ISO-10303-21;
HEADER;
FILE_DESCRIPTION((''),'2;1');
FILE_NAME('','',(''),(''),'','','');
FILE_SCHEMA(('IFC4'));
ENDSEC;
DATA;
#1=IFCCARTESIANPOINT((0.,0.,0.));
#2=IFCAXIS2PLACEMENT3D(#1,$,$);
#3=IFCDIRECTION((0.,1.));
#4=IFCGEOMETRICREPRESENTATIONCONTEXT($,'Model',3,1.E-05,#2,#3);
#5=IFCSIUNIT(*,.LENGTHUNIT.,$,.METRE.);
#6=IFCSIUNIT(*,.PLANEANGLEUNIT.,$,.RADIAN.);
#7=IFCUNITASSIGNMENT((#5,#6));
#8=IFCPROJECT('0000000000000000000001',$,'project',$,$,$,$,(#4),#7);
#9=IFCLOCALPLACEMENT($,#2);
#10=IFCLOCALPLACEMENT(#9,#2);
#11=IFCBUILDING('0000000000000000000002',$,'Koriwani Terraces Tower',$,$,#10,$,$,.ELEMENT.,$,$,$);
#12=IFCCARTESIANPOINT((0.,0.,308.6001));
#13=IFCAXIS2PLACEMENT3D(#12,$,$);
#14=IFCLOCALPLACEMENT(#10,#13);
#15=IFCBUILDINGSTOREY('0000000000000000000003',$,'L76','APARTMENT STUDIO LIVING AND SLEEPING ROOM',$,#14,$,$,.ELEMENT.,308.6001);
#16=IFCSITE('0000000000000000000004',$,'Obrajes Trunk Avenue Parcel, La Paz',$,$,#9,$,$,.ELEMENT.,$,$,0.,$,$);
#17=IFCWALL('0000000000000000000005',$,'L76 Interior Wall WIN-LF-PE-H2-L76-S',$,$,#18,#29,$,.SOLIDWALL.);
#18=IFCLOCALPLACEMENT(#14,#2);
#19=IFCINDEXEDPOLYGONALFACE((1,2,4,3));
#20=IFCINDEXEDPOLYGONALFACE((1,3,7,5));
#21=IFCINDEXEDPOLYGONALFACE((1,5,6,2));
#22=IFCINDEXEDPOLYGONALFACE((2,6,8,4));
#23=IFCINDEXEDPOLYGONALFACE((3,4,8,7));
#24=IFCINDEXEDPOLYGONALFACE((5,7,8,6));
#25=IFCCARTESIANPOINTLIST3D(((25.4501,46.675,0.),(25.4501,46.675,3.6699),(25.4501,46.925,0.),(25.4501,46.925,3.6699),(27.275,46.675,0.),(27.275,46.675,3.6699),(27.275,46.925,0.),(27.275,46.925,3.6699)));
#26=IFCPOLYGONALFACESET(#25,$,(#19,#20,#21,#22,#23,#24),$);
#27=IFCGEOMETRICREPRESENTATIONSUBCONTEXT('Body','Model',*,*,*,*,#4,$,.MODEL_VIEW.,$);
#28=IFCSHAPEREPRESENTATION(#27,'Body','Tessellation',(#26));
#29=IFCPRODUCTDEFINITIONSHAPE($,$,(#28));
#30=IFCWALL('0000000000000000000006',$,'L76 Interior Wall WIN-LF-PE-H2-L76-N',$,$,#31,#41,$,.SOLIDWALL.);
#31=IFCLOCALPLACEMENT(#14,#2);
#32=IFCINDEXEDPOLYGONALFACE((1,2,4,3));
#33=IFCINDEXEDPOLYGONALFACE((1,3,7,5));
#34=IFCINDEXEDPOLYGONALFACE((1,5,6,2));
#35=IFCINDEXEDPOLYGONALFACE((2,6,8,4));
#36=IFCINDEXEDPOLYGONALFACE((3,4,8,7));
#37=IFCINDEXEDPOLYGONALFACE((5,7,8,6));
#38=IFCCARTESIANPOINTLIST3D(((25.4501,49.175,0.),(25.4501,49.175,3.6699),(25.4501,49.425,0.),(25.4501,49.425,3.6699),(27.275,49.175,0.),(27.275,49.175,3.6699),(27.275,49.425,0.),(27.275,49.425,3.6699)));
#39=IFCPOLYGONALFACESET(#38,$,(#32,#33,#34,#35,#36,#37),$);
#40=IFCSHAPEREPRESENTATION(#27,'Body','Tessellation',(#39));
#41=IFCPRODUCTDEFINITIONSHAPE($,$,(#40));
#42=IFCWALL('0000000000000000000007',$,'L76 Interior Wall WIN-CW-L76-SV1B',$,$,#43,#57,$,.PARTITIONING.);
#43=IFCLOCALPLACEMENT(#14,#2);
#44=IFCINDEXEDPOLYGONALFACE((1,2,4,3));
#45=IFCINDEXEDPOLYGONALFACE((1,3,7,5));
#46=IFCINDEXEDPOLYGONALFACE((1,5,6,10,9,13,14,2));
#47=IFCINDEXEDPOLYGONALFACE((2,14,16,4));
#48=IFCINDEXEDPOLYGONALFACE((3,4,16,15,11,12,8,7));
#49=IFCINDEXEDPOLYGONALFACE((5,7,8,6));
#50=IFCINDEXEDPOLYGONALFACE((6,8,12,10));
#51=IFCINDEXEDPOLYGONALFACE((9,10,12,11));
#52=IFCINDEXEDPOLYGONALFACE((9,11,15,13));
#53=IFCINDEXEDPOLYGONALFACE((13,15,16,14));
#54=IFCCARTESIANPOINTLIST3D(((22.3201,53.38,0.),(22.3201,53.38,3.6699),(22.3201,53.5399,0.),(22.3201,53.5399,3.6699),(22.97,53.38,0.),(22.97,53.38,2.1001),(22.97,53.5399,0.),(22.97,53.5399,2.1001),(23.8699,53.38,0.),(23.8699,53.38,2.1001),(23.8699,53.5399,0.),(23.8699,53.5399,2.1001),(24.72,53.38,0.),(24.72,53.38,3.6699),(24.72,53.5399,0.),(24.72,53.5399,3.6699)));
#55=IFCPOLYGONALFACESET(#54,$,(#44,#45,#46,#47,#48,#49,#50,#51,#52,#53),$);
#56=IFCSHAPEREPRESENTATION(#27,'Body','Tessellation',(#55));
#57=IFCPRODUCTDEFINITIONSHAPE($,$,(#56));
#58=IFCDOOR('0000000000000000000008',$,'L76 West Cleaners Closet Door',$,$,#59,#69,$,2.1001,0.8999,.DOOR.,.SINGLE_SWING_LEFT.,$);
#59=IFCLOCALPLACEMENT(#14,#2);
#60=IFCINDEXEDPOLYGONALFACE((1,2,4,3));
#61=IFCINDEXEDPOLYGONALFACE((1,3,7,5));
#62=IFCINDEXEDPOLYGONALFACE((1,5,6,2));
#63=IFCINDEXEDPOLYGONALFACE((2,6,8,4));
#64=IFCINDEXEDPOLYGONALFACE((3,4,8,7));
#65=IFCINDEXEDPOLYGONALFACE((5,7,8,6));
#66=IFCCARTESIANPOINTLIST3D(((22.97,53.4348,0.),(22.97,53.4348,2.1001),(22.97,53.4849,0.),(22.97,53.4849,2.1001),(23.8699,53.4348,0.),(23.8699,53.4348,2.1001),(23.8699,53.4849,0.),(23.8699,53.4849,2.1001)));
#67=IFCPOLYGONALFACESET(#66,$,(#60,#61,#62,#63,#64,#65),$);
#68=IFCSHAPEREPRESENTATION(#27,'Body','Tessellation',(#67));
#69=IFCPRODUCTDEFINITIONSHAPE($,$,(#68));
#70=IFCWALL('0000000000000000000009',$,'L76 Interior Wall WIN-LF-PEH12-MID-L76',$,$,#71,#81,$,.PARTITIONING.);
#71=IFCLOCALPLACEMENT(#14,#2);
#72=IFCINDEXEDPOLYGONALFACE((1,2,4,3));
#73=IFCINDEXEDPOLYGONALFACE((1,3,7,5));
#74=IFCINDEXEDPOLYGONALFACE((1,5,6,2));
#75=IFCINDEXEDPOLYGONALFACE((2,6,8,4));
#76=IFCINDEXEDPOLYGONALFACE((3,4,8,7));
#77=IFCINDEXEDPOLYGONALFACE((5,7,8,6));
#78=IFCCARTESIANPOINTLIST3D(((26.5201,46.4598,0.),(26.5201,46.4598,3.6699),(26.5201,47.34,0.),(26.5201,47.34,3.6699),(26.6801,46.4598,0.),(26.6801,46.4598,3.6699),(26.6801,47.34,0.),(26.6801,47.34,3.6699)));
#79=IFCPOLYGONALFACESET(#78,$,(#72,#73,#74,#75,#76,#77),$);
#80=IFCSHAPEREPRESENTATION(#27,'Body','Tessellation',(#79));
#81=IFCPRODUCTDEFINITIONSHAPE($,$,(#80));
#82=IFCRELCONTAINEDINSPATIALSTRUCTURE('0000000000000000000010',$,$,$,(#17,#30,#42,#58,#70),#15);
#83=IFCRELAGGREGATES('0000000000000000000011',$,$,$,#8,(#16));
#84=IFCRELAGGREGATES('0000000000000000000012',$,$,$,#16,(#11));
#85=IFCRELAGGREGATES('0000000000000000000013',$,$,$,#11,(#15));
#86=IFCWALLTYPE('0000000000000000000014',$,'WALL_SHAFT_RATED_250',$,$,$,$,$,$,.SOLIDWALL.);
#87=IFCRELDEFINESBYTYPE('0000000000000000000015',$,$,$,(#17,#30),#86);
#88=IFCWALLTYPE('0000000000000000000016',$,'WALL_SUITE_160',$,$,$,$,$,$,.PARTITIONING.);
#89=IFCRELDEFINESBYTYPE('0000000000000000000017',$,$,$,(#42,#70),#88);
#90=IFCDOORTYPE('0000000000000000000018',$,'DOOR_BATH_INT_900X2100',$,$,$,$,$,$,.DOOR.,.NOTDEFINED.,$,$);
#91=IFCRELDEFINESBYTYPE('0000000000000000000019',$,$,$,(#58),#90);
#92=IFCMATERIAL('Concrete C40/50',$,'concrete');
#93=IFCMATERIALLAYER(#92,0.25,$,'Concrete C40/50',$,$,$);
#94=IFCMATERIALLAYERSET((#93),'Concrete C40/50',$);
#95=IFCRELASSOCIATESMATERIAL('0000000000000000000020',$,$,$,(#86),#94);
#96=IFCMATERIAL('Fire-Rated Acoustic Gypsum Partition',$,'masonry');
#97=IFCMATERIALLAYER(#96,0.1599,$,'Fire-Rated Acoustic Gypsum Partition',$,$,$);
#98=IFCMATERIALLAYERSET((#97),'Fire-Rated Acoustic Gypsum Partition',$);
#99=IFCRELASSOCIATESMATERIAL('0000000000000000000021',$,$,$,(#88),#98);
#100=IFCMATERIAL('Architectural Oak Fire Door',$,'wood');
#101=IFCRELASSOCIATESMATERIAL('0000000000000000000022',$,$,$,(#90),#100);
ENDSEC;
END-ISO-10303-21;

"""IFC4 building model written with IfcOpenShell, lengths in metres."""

from ifc_helpers import new_model, si_unit, direction, frame, frame_2d, origin, place, context, subcontext, project, spatial, rectangle, extrude, material, layer, layer_set, type_object, element, fill, save


model = new_model("IFC4")

# Units and contexts
model_context = context("Model", 3, precision=1e-05, world=origin(), true_north=direction((0.0, 1.0)))
body_context = subcontext(model_context, "Body", "Model", "MODEL_VIEW")
ifc_project = project(units=[si_unit("LENGTHUNIT", "METRE"), si_unit("PLANEANGLEUNIT", "RADIAN")], contexts=[model_context])

# Site, building, storey
site_placement = place(None, origin())
site = spatial("IfcSite", under=ifc_project, at=site_placement, Name="Obrajes Trunk Avenue Parcel, La Paz", CompositionType="ELEMENT", RefElevation=0.0)
building_placement = place(site_placement, origin())
building = spatial("IfcBuilding", under=site, at=building_placement, Name="Koriwani Terraces Tower", CompositionType="ELEMENT")
storey_placement = place(building_placement, frame((0.0, 0.0, 308.6001)))
storey = spatial("IfcBuildingStorey", under=building, at=storey_placement, Name="L76", Description="APARTMENT STUDIO LIVING AND SLEEPING ROOM", CompositionType="ELEMENT", Elevation=308.6001)

# Shared definitions
ifc_material_1 = material(Name="Concrete C40/50", Category="concrete")

# Shared definitions
ifc_material_2 = material(Name="Fire-Rated Acoustic Gypsum Partition", Category="masonry")

# Shared definitions
ifc_layer_1 = layer(ifc_material_1, 0.25, Name="Concrete C40/50")
ifc_layer_set_1 = layer_set([ifc_layer_1], Name="Concrete C40/50")
wall_type_1 = type_object("IfcWallType", Name="WALL_SHAFT_RATED_250", PredefinedType="SOLIDWALL", material=ifc_layer_set_1)

# Walls
for number, where, z_axis, x_axis, name in (
    (1, (25.45, 46.8, 0.0), (0.0, 0.0, 1.0), (1.0, 0.0, 0.0), "L76 Interior Wall WIN-LF-PE-H2-L76-S"),
    (2, (25.45, 49.3, 0.0), (0.0, 0.0, 1.0), (1.0, 0.0, 0.0), "L76 Interior Wall WIN-LF-PE-H2-L76-N"),
):
    element("IfcWall", number, at=place(storey_placement, frame(where, z_axis=z_axis, x_axis=x_axis)), inside=storey, type_object=wall_type_1, Name=name, PredefinedType="SOLIDWALL", context=body_context, shape_type="SweptSolid", body=[
        extrude(rectangle(XDim=1.825, YDim=0.25, at=frame_2d((0.9126, 0.0))), origin(), (0.0, 0.0, 1.0), 3.6699),
    ])

# Wall, opening, door
ifc_layer_2 = layer(ifc_material_2, 0.1599, Name="Fire-Rated Acoustic Gypsum Partition")
ifc_layer_set_2 = layer_set([ifc_layer_2], Name="Fire-Rated Acoustic Gypsum Partition")
wall_type_2 = type_object("IfcWallType", Name="WALL_SUITE_160", PredefinedType="PARTITIONING", material=ifc_layer_set_2)
wall_1_placement = place(storey_placement, frame((22.3201, 53.46, 0.0), z_axis=(0.0, 0.0, 1.0), x_axis=(1.0, 0.0, 0.0)))
wall_1 = element("IfcWall", 3, at=wall_1_placement, inside=storey, type_object=wall_type_2, Name="L76 Interior Wall WIN-CW-L76-SV1B", PredefinedType="PARTITIONING", context=body_context, shape_type="SweptSolid", body=[
    extrude(rectangle(XDim=2.3999, YDim=0.1599, at=frame_2d((1.2, 0.0))), origin(), (0.0, 0.0, 1.0), 3.6699),
])
opening_1_placement = place(wall_1_placement, frame((0.6499, 0.0, 0.0)))
opening_1 = element("IfcOpeningElement", 4, at=opening_1_placement, cuts=wall_1, PredefinedType="OPENING", context=body_context, shape_type="SweptSolid", body=[
    extrude(rectangle(XDim=0.8999, YDim=2.1001, at=frame_2d((0.45, 1.05))), frame((0.0, 0.0898, 0.0), z_axis=(0.0, -1.0, 0.0), x_axis=(1.0, 0.0, 0.0)), (0.0, 0.0, 1.0), 0.1799),
])
ifc_material_3 = material(Name="Architectural Oak Fire Door", Category="wood")
door_type_1 = type_object("IfcDoorType", Name="DOOR_BATH_INT_900X2100", OperationType="NOTDEFINED", PredefinedType="DOOR", material=ifc_material_3)
door_1_placement = place(opening_1_placement, origin())
door_1 = element("IfcDoor", 5, at=door_1_placement, inside=storey, type_object=door_type_1, Name="L76 West Cleaners Closet Door", OperationType="SINGLE_SWING_LEFT", OverallHeight=2.1001, OverallWidth=0.8999, PredefinedType="DOOR", context=body_context, shape_type="SweptSolid", body=[
    extrude(rectangle(XDim=0.8999, YDim=2.1001, at=frame_2d((0.45, 1.05))), frame((0.0, 0.0249, 0.0), z_axis=(0.0, -1.0, 0.0), x_axis=(1.0, 0.0, 0.0)), (0.0, 0.0, 1.0), 0.05),
])
fill(opening_1, door_1)

# Wall
wall_2_placement = place(storey_placement, frame((26.6001, 46.46, 0.0), z_axis=(0.0, 0.0, 1.0), x_axis=(0.0, 1.0, 0.0)))
element("IfcWall", 6, at=wall_2_placement, inside=storey, type_object=wall_type_2, Name="L76 Interior Wall WIN-LF-PEH12-MID-L76", PredefinedType="PARTITIONING", context=body_context, shape_type="SweptSolid", body=[
    extrude(rectangle(XDim=0.8801, YDim=0.1599, at=frame_2d((0.4399, 0.0))), origin(), (0.0, 0.0, 1.0), 3.6699),
])

save(model, "model.ifc")
